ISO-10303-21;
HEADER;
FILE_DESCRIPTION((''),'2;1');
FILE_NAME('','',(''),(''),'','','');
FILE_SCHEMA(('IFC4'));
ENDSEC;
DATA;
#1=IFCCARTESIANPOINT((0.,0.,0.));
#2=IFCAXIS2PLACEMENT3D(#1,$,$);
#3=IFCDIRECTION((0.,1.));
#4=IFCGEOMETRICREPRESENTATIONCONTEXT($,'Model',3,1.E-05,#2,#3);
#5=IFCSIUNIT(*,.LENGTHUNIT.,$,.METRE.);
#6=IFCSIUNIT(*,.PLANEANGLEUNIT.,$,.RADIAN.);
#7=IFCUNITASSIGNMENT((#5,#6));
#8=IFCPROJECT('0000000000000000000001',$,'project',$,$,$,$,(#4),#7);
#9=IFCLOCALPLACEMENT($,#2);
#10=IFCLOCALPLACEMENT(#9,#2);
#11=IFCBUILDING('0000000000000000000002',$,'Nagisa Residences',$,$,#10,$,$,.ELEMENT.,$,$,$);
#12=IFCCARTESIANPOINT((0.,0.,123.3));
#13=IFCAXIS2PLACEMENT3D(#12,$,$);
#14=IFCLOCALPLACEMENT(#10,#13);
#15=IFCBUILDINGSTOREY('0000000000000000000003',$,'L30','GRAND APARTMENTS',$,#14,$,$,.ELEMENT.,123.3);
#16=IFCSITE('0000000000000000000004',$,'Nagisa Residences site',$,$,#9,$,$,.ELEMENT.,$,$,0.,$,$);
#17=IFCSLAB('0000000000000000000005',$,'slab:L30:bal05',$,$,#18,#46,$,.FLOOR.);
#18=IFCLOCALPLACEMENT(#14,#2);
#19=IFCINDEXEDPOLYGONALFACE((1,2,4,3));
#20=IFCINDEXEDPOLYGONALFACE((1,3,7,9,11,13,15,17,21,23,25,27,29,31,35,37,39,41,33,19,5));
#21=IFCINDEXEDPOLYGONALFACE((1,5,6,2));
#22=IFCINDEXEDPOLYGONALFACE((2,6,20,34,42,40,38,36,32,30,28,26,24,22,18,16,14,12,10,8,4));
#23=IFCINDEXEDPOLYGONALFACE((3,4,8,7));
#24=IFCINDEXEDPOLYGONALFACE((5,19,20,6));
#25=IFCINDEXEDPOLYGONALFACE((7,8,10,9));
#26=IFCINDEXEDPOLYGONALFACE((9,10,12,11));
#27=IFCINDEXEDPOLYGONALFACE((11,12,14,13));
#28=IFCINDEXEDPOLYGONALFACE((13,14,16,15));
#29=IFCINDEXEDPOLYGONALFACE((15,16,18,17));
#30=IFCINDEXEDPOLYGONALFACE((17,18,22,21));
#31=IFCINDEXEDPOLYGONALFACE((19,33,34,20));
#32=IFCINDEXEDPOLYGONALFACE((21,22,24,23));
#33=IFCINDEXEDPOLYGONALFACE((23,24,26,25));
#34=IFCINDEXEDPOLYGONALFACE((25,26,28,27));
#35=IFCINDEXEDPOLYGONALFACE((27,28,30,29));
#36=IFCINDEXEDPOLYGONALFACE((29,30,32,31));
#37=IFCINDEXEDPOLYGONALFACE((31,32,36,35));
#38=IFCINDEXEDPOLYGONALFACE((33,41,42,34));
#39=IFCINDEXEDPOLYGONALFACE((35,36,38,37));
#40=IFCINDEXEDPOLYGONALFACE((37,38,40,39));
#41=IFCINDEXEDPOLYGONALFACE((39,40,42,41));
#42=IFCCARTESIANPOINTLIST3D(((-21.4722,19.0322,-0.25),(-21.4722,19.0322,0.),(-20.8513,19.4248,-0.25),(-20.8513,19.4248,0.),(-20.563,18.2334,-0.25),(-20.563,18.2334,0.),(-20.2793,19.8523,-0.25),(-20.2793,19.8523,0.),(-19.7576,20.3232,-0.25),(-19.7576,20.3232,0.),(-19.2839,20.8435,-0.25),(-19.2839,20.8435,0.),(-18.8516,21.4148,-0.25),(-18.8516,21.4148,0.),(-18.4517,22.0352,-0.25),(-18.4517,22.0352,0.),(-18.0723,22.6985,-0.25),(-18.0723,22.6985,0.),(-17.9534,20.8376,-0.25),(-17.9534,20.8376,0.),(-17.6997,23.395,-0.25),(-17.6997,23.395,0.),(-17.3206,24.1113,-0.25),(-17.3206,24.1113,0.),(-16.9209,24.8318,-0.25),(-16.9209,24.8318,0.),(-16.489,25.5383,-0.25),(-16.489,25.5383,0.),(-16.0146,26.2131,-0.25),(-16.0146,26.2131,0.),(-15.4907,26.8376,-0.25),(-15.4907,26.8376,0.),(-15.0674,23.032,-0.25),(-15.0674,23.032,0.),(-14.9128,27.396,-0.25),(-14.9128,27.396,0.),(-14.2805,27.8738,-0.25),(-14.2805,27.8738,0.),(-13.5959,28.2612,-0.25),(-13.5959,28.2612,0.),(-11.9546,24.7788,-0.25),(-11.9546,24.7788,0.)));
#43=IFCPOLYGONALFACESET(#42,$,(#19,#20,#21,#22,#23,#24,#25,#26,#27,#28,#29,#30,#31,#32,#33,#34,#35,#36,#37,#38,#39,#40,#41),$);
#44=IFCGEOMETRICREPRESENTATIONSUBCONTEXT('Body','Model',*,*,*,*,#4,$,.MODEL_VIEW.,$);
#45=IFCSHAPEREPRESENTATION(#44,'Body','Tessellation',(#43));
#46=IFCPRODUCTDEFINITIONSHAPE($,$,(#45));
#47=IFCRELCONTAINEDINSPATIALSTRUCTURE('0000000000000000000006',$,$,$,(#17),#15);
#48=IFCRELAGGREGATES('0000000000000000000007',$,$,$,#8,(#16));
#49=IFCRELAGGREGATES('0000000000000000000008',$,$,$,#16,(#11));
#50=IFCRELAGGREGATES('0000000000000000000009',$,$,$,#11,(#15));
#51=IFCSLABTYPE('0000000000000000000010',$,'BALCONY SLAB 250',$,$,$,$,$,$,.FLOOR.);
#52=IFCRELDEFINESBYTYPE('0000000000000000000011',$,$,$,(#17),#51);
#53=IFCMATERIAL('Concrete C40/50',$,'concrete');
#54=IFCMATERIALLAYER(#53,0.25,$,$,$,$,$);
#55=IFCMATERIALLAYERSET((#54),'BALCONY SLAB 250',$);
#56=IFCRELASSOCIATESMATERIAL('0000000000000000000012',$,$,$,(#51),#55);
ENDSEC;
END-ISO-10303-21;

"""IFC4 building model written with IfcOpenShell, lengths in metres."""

from ifc_helpers import new_model, si_unit, direction, frame, origin, place, context, subcontext, project, spatial, polyline, outline, extrude, material, layer, layer_set, type_object, element, save


model = new_model("IFC4")

# Units and contexts
model_context = context("Model", 3, precision=1e-05, world=origin(), true_north=direction((0.0, 1.0)))
body_context = subcontext(model_context, "Body", "Model", "MODEL_VIEW")
ifc_project = project(units=[si_unit("LENGTHUNIT", "METRE"), si_unit("PLANEANGLEUNIT", "RADIAN")], contexts=[model_context])

# Site, building, storey
site_placement = place(None, origin())
site = spatial("IfcSite", under=ifc_project, at=site_placement, Name="Nagisa Residences site", CompositionType="ELEMENT", RefElevation=0.0)
building_placement = place(site_placement, origin())
building = spatial("IfcBuilding", under=site, at=building_placement, Name="Nagisa Residences", CompositionType="ELEMENT")
storey_placement = place(building_placement, frame((0.0, 0.0, 123.3)))
storey = spatial("IfcBuildingStorey", under=building, at=storey_placement, Name="L30", Description="GRAND APARTMENTS", CompositionType="ELEMENT", Elevation=123.3)

# Slab
ifc_material_1 = material(Name="Concrete C40/50", Category="concrete")
ifc_layer_1 = layer(ifc_material_1, 0.25)
ifc_layer_set_1 = layer_set([ifc_layer_1], Name="BALCONY SLAB 250")
slab_type_1 = type_object("IfcSlabType", Name="BALCONY SLAB 250", PredefinedType="FLOOR", material=ifc_layer_set_1)
slab_1_placement = place(storey_placement, frame((0.0, 0.0, -0.25)))
element("IfcSlab", 1, at=slab_1_placement, inside=storey, type_object=slab_type_1, Name="slab:L30:bal05", PredefinedType="FLOOR", context=body_context, shape_type="SweptSolid", body=[
    extrude(outline(polyline([(-13.5959, 28.2612), (-14.2805, 27.8738), (-14.9128, 27.396), (-15.4907, 26.8376), (-16.0146, 26.2131), (-16.489, 25.5383), (-16.9209, 24.8318), (-17.3206, 24.1113), (-17.6997, 23.395), (-18.0723, 22.6985), (-18.4517, 22.0352), (-18.8516, 21.4148), (-19.2839, 20.8435), (-19.7576, 20.3232), (-20.2793, 19.8523), (-20.8513, 19.4248), (-21.4722, 19.0322), (-20.563, 18.2334), (-17.9534, 20.8376), (-15.0674, 23.032), (-11.9546, 24.7788), (-13.5959, 28.2612)])), origin(), (0.0, 0.0, 1.0), 0.25),
])

save(model, "model.ifc")
